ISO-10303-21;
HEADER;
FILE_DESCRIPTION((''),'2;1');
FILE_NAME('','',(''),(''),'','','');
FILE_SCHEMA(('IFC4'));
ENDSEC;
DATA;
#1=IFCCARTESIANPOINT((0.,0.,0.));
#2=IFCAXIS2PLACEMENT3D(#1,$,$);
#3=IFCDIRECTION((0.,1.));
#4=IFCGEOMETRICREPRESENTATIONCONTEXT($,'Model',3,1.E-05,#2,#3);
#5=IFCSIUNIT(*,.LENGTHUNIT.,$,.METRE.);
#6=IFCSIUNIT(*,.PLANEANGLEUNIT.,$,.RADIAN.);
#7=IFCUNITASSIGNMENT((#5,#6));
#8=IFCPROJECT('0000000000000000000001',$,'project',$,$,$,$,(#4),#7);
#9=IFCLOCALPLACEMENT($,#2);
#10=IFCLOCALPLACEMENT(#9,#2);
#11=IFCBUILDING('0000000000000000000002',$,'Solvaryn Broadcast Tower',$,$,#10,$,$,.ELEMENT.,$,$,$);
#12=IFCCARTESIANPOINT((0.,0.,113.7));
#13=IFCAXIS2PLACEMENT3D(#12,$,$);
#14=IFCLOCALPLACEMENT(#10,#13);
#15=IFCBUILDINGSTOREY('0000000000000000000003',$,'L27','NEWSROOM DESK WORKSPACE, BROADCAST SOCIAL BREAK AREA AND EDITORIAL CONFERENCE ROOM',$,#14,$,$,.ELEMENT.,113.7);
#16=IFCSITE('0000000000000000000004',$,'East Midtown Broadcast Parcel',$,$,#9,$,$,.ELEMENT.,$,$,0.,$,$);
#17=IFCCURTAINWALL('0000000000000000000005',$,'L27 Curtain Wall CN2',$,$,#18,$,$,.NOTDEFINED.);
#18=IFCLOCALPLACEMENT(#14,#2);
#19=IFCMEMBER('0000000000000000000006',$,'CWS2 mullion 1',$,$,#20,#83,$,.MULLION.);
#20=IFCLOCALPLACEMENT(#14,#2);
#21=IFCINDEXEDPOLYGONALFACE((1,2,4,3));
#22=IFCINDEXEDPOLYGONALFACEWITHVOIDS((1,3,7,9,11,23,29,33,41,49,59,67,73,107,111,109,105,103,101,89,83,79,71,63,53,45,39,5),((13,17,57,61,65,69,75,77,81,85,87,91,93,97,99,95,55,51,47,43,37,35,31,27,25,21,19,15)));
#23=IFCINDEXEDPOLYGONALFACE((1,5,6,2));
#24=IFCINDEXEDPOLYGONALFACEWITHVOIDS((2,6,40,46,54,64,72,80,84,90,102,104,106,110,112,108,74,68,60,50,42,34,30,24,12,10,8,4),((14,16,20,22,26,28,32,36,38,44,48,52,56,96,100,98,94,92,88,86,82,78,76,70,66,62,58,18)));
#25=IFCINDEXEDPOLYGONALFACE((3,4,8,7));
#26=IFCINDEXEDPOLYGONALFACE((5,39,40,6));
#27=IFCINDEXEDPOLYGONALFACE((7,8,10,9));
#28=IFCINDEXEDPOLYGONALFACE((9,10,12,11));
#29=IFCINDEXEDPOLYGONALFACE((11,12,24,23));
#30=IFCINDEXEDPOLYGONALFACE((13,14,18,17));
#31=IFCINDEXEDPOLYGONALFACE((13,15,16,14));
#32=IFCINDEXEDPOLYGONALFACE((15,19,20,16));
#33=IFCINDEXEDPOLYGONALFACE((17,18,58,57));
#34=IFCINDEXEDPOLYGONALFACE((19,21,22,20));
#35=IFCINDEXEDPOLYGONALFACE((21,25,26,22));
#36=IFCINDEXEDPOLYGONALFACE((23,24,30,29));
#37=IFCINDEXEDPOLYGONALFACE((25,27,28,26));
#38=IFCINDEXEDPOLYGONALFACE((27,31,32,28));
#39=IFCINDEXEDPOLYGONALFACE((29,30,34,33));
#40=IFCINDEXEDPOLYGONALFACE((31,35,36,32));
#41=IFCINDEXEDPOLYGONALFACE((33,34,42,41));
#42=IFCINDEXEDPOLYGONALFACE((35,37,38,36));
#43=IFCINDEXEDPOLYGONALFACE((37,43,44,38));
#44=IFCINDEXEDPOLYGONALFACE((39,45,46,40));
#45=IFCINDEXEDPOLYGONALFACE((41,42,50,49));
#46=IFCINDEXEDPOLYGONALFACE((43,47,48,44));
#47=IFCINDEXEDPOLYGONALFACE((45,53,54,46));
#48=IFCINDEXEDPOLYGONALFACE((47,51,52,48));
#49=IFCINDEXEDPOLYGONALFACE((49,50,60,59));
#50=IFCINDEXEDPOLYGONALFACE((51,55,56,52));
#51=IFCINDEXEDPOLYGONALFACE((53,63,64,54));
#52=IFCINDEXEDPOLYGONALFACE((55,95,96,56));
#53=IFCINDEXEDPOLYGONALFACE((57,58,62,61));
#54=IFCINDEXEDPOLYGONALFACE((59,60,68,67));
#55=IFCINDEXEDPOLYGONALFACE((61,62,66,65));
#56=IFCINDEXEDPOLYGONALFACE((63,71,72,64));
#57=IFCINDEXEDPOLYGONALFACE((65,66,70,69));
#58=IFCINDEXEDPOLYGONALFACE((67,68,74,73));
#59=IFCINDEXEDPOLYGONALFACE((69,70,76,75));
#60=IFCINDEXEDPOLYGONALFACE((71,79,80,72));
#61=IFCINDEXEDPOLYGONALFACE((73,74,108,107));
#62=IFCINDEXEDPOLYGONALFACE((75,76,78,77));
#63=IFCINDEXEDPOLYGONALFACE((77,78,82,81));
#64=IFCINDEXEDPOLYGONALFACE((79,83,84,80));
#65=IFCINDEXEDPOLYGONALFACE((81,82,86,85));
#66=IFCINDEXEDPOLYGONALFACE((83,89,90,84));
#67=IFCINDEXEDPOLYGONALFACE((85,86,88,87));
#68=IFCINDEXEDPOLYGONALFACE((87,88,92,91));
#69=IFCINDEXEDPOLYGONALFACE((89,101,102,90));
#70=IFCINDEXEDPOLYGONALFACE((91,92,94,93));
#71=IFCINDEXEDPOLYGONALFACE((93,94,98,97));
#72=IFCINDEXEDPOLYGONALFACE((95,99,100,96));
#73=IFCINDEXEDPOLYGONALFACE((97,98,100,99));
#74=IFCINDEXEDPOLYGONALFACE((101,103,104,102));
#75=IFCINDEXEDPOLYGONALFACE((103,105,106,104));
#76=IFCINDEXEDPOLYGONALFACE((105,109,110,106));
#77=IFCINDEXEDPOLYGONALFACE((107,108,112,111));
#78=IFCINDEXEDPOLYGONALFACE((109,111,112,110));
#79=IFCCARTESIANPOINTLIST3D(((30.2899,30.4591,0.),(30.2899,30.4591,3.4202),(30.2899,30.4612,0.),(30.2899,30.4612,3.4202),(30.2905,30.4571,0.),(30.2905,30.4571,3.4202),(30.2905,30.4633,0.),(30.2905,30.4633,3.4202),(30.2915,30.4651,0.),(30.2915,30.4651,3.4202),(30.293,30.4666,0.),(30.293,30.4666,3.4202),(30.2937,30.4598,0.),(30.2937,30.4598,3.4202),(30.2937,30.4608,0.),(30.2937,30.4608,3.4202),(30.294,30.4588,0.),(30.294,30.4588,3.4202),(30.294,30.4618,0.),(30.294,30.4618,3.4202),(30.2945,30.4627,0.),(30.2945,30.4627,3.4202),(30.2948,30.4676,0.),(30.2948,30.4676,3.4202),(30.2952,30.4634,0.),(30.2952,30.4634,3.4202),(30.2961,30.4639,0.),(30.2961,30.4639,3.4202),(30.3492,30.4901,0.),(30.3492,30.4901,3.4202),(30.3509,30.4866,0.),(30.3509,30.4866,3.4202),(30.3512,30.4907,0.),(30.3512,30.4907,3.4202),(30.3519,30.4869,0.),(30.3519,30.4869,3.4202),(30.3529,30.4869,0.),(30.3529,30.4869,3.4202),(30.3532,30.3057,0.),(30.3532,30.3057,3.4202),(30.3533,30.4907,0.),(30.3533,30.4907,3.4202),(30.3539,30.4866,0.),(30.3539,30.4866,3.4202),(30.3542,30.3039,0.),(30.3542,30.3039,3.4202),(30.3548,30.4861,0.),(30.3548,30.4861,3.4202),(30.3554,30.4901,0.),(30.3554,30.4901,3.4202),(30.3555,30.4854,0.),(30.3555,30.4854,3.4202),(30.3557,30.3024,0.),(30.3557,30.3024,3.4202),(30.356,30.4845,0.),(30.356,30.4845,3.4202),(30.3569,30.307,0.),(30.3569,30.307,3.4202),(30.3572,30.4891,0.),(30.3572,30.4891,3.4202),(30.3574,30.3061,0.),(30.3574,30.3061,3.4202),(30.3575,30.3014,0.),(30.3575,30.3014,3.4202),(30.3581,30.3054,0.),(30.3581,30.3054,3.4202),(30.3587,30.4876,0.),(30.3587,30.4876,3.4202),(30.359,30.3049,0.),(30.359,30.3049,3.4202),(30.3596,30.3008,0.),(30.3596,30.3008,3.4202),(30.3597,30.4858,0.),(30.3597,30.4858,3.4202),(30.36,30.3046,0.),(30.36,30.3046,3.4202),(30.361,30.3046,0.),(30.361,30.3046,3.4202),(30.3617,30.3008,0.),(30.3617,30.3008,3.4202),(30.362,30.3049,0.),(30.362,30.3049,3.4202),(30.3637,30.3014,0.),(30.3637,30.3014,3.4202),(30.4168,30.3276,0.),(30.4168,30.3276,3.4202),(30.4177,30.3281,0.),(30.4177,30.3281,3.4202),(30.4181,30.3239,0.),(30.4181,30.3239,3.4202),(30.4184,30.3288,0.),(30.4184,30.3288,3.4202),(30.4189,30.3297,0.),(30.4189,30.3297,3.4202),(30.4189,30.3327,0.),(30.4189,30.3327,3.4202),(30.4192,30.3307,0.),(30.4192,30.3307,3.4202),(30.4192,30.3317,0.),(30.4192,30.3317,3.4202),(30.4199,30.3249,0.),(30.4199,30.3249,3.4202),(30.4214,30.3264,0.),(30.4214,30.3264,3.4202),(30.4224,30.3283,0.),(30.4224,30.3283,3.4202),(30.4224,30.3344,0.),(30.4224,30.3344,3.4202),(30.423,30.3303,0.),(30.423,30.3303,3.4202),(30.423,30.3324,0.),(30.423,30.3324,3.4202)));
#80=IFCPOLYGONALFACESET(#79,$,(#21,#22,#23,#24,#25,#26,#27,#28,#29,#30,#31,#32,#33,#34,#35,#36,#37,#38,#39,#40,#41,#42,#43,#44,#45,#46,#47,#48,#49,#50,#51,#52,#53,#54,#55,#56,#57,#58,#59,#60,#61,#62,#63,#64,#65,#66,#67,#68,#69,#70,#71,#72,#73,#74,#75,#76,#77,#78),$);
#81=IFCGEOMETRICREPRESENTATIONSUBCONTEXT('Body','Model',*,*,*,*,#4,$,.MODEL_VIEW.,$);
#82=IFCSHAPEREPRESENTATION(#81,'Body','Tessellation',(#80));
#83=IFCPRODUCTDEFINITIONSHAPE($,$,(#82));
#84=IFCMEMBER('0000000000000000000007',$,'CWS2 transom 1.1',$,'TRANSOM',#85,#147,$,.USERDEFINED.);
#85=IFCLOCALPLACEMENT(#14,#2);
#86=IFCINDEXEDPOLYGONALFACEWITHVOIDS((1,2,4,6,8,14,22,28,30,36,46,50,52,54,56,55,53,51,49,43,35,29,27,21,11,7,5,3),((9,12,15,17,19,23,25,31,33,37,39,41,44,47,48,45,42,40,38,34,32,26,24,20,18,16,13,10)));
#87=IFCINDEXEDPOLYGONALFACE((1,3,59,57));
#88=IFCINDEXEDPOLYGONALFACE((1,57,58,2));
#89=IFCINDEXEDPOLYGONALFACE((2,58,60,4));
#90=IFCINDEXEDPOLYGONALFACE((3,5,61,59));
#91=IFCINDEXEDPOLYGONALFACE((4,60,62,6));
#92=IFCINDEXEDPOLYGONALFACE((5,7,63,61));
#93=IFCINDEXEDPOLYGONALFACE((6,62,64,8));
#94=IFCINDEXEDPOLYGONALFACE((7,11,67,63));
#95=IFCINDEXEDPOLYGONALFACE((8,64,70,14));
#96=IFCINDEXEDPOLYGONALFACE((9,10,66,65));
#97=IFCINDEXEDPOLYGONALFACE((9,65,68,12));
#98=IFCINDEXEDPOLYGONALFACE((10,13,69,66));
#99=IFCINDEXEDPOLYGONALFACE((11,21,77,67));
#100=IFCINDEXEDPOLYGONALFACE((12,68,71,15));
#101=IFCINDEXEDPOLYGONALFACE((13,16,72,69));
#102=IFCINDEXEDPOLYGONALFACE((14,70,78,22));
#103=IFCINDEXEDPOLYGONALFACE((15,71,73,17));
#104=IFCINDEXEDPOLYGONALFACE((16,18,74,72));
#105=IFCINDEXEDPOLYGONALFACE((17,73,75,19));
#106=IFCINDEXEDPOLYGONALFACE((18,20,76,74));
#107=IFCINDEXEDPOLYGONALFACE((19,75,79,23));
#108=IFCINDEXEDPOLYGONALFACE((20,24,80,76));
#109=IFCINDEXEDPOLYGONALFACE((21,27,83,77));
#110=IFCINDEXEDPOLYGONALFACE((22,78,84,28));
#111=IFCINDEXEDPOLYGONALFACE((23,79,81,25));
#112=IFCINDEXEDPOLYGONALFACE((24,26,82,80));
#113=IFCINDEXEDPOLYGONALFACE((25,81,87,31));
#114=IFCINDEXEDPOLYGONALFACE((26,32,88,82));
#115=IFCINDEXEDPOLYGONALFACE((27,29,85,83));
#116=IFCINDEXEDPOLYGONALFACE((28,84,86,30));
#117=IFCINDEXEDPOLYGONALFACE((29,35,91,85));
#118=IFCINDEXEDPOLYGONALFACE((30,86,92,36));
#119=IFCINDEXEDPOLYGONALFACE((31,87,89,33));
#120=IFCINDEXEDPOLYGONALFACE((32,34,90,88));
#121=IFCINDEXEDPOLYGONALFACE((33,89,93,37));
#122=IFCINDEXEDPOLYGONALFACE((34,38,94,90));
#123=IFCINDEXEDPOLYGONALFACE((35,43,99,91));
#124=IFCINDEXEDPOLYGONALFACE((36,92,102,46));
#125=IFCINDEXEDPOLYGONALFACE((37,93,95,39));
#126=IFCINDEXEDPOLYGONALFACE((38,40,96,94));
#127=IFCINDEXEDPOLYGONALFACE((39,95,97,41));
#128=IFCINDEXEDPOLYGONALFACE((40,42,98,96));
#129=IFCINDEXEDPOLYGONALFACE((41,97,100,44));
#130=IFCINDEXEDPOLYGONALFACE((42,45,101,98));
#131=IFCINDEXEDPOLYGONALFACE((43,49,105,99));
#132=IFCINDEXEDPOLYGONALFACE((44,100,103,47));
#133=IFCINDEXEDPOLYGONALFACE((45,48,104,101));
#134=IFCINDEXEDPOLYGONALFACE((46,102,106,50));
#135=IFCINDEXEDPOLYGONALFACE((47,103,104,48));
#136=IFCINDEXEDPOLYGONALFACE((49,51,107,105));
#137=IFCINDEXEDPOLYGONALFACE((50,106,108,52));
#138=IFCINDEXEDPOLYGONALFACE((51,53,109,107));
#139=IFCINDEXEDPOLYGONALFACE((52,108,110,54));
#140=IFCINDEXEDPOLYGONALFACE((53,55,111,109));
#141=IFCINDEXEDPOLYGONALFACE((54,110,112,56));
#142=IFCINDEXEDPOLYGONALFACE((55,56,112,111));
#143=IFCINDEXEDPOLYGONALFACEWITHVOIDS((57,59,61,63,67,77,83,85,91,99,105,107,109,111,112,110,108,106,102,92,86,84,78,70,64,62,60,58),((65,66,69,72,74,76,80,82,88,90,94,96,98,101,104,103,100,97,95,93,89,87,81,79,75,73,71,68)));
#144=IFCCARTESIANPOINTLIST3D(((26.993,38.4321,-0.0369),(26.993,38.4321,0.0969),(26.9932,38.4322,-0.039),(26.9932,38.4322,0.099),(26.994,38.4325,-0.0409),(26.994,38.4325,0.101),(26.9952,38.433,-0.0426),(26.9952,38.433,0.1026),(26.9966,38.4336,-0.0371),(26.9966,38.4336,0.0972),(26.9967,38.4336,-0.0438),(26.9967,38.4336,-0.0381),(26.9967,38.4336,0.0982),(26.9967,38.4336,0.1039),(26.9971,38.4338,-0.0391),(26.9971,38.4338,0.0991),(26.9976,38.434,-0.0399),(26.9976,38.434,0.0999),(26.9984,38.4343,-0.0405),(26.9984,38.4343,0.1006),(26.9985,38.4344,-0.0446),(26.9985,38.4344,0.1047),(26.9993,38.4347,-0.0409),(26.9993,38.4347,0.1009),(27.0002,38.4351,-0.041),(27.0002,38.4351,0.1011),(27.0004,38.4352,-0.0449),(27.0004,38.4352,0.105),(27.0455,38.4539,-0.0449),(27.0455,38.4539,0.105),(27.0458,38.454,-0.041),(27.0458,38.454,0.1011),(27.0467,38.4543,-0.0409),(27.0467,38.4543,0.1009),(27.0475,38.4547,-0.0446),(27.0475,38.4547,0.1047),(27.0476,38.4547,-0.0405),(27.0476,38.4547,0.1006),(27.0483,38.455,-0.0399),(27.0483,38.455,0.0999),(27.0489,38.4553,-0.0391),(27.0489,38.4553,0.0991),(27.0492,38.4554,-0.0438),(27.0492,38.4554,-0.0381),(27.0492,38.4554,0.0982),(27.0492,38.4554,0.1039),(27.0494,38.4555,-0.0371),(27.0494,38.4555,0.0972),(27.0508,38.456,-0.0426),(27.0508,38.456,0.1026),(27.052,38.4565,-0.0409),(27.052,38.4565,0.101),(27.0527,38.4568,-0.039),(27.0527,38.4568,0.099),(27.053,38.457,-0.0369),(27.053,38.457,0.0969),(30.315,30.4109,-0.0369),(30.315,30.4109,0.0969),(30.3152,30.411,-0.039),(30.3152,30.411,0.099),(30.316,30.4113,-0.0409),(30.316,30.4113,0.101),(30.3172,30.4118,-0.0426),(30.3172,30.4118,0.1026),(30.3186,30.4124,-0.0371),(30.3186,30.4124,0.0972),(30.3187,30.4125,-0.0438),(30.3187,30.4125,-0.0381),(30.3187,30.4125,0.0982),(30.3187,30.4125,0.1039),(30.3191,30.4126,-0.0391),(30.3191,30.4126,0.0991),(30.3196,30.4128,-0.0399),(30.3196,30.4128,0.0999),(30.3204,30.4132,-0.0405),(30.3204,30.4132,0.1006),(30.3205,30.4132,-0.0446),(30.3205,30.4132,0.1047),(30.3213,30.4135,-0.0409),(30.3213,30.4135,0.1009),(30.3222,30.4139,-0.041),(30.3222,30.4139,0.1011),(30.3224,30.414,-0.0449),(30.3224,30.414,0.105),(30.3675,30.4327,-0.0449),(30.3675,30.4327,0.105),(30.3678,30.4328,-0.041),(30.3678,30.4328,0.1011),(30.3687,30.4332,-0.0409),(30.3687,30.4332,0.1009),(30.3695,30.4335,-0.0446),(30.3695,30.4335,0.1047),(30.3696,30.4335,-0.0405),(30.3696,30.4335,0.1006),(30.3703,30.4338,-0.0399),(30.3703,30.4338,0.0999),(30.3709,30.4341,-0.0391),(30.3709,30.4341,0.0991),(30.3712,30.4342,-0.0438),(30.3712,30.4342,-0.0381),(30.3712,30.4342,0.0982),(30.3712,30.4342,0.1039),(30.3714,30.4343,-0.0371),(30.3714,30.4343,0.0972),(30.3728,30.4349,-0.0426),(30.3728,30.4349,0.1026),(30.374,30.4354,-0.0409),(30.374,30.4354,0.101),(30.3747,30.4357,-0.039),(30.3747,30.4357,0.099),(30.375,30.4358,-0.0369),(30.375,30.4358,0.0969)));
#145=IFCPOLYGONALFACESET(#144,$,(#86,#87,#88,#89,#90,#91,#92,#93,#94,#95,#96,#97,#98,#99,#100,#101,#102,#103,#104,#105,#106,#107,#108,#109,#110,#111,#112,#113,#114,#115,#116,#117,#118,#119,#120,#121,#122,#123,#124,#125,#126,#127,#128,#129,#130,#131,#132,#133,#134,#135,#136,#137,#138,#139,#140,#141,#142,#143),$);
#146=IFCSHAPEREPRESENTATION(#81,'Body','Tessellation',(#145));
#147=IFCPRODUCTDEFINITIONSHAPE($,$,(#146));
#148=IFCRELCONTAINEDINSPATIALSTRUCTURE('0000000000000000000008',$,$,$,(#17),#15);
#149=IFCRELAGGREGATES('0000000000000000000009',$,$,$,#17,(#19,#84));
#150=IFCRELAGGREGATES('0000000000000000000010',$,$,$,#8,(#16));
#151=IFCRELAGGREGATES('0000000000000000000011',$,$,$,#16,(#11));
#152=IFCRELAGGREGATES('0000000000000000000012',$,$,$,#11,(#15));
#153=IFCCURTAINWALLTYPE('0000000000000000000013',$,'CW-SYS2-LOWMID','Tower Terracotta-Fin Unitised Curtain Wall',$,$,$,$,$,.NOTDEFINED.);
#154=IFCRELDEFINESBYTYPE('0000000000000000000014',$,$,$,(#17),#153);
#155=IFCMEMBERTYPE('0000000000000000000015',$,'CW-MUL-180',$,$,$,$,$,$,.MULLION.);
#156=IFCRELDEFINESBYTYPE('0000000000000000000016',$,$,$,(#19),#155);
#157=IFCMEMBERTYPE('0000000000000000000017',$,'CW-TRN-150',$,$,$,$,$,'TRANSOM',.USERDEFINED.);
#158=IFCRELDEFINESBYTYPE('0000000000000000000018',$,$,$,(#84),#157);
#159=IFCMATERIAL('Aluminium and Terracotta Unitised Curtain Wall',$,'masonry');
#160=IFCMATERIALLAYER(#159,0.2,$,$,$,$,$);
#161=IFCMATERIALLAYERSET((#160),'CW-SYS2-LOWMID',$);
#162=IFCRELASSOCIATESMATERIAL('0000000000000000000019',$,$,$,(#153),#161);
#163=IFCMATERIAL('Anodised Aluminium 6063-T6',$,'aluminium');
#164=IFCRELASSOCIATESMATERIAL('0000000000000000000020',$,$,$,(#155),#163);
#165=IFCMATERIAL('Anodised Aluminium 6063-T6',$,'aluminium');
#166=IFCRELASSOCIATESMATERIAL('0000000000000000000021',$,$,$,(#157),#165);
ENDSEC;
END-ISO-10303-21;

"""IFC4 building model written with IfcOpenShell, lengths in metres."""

from ifc_helpers import new_model, si_unit, direction, frame, origin, origin_2d, place, context, subcontext, project, spatial, hollow_rectangle, extrude, material, layer, layer_set, material_profile, profile_set, type_object, element, aggregate, save


model = new_model("IFC4")

# Units and contexts
model_context = context("Model", 3, precision=1e-05, world=origin(), true_north=direction((0.0, 1.0)))
body_context = subcontext(model_context, "Body", "Model", "MODEL_VIEW")
ifc_project = project(units=[si_unit("LENGTHUNIT", "METRE"), si_unit("PLANEANGLEUNIT", "RADIAN")], contexts=[model_context])

# Site, building, storey
site_placement = place(None, origin())
site = spatial("IfcSite", under=ifc_project, at=site_placement, Name="East Midtown Broadcast Parcel", CompositionType="ELEMENT", RefElevation=0.0)
building_placement = place(site_placement, origin())
building = spatial("IfcBuilding", under=site, at=building_placement, Name="Solvaryn Broadcast Tower", CompositionType="ELEMENT")
storey_placement = place(building_placement, frame((0.0, 0.0, 113.7)))
storey = spatial("IfcBuildingStorey", under=building, at=storey_placement, Name="L27", Description="NEWSROOM DESK WORKSPACE, BROADCAST SOCIAL BREAK AREA AND EDITORIAL CONFERENCE ROOM", CompositionType="ELEMENT", Elevation=113.7)

# Shared definitions
ifc_material_1 = material(Name="Aluminium and Terracotta Unitised Curtain Wall", Category="masonry")
ifc_layer_1 = layer(ifc_material_1, 0.2)
ifc_layer_set_1 = layer_set([ifc_layer_1], Name="CW-SYS2-LOWMID")
curtain_wall_type = type_object("IfcCurtainWallType", Name="CW-SYS2-LOWMID", Description="Tower Terracotta-Fin Unitised Curtain Wall", PredefinedType="NOTDEFINED", material=ifc_layer_set_1)
ifc_material_2 = material(Name="Anodised Aluminium 6063-T6", Category="aluminium")
ifc_material_profile_1 = material_profile(ifc_material_2, hollow_rectangle(XDim=0.075, YDim=0.1799, WallThickness=0.0039, InnerFilletRadius=0.0039, OuterFilletRadius=0.0081, at=origin_2d()))
ifc_profile_set_1 = profile_set([ifc_material_profile_1], Name="Anodised Aluminium 6063-T6")
member_type_1 = type_object("IfcMemberType", Name="CW-MUL-180", PredefinedType="MULLION", material=ifc_profile_set_1)

# Curtain wall, members
curtain_wall_1_placement = place(storey_placement, origin())
curtain_wall_1 = element("IfcCurtainWall", 1, at=curtain_wall_1_placement, inside=storey, type_object=curtain_wall_type, Name="L27 Curtain Wall CN2", PredefinedType="NOTDEFINED")
member_1_placement = place(storey_placement, frame((30.3564, 30.3958, 0.0), z_axis=(0.0, 0.0, 1.0), x_axis=(-0.923895, -0.382646, 0.0)))
member_1 = element("IfcMember", 2, at=member_1_placement, type_object=member_type_1, Name="CWS2 mullion 1", PredefinedType="MULLION", context=body_context, shape_type="SweptSolid", body=[
    extrude(hollow_rectangle(XDim=0.075, YDim=0.1799, WallThickness=0.0039, InnerFilletRadius=0.0039, OuterFilletRadius=0.0081, at=origin_2d()), origin(), (0.0, 0.0, 1.0), 3.4202),
])
ifc_material_3 = material(Name="Anodised Aluminium 6063-T6", Category="aluminium")
ifc_material_profile_2 = material_profile(ifc_material_3, hollow_rectangle(XDim=0.0649, YDim=0.1499, WallThickness=0.0039, InnerFilletRadius=0.0039, OuterFilletRadius=0.0081, at=origin_2d()))
ifc_profile_set_2 = profile_set([ifc_material_profile_2], Name="Anodised Aluminium 6063-T6")
member_type_2 = type_object("IfcMemberType", Name="CW-TRN-150", ElementType="TRANSOM", PredefinedType="USERDEFINED", material=ifc_profile_set_2)
member_2_placement = place(storey_placement, frame((30.345, 30.4233, 0.03), z_axis=(-0.382636, 0.923899, 0.0), x_axis=(-0.923899, -0.382636, 0.0)))
member_2 = element("IfcMember", 3, at=member_2_placement, type_object=member_type_2, Name="CWS2 transom 1.1", ObjectType="TRANSOM", PredefinedType="USERDEFINED", context=body_context, shape_type="SweptSolid", body=[
    extrude(hollow_rectangle(XDim=0.0649, YDim=0.1499, WallThickness=0.0039, InnerFilletRadius=0.0039, OuterFilletRadius=0.0081, at=origin_2d()), origin(), (0.0, 0.0, 1.0), 8.6819),
])

aggregate(curtain_wall_1, [member_1, member_2])

save(model, "model.ifc")
